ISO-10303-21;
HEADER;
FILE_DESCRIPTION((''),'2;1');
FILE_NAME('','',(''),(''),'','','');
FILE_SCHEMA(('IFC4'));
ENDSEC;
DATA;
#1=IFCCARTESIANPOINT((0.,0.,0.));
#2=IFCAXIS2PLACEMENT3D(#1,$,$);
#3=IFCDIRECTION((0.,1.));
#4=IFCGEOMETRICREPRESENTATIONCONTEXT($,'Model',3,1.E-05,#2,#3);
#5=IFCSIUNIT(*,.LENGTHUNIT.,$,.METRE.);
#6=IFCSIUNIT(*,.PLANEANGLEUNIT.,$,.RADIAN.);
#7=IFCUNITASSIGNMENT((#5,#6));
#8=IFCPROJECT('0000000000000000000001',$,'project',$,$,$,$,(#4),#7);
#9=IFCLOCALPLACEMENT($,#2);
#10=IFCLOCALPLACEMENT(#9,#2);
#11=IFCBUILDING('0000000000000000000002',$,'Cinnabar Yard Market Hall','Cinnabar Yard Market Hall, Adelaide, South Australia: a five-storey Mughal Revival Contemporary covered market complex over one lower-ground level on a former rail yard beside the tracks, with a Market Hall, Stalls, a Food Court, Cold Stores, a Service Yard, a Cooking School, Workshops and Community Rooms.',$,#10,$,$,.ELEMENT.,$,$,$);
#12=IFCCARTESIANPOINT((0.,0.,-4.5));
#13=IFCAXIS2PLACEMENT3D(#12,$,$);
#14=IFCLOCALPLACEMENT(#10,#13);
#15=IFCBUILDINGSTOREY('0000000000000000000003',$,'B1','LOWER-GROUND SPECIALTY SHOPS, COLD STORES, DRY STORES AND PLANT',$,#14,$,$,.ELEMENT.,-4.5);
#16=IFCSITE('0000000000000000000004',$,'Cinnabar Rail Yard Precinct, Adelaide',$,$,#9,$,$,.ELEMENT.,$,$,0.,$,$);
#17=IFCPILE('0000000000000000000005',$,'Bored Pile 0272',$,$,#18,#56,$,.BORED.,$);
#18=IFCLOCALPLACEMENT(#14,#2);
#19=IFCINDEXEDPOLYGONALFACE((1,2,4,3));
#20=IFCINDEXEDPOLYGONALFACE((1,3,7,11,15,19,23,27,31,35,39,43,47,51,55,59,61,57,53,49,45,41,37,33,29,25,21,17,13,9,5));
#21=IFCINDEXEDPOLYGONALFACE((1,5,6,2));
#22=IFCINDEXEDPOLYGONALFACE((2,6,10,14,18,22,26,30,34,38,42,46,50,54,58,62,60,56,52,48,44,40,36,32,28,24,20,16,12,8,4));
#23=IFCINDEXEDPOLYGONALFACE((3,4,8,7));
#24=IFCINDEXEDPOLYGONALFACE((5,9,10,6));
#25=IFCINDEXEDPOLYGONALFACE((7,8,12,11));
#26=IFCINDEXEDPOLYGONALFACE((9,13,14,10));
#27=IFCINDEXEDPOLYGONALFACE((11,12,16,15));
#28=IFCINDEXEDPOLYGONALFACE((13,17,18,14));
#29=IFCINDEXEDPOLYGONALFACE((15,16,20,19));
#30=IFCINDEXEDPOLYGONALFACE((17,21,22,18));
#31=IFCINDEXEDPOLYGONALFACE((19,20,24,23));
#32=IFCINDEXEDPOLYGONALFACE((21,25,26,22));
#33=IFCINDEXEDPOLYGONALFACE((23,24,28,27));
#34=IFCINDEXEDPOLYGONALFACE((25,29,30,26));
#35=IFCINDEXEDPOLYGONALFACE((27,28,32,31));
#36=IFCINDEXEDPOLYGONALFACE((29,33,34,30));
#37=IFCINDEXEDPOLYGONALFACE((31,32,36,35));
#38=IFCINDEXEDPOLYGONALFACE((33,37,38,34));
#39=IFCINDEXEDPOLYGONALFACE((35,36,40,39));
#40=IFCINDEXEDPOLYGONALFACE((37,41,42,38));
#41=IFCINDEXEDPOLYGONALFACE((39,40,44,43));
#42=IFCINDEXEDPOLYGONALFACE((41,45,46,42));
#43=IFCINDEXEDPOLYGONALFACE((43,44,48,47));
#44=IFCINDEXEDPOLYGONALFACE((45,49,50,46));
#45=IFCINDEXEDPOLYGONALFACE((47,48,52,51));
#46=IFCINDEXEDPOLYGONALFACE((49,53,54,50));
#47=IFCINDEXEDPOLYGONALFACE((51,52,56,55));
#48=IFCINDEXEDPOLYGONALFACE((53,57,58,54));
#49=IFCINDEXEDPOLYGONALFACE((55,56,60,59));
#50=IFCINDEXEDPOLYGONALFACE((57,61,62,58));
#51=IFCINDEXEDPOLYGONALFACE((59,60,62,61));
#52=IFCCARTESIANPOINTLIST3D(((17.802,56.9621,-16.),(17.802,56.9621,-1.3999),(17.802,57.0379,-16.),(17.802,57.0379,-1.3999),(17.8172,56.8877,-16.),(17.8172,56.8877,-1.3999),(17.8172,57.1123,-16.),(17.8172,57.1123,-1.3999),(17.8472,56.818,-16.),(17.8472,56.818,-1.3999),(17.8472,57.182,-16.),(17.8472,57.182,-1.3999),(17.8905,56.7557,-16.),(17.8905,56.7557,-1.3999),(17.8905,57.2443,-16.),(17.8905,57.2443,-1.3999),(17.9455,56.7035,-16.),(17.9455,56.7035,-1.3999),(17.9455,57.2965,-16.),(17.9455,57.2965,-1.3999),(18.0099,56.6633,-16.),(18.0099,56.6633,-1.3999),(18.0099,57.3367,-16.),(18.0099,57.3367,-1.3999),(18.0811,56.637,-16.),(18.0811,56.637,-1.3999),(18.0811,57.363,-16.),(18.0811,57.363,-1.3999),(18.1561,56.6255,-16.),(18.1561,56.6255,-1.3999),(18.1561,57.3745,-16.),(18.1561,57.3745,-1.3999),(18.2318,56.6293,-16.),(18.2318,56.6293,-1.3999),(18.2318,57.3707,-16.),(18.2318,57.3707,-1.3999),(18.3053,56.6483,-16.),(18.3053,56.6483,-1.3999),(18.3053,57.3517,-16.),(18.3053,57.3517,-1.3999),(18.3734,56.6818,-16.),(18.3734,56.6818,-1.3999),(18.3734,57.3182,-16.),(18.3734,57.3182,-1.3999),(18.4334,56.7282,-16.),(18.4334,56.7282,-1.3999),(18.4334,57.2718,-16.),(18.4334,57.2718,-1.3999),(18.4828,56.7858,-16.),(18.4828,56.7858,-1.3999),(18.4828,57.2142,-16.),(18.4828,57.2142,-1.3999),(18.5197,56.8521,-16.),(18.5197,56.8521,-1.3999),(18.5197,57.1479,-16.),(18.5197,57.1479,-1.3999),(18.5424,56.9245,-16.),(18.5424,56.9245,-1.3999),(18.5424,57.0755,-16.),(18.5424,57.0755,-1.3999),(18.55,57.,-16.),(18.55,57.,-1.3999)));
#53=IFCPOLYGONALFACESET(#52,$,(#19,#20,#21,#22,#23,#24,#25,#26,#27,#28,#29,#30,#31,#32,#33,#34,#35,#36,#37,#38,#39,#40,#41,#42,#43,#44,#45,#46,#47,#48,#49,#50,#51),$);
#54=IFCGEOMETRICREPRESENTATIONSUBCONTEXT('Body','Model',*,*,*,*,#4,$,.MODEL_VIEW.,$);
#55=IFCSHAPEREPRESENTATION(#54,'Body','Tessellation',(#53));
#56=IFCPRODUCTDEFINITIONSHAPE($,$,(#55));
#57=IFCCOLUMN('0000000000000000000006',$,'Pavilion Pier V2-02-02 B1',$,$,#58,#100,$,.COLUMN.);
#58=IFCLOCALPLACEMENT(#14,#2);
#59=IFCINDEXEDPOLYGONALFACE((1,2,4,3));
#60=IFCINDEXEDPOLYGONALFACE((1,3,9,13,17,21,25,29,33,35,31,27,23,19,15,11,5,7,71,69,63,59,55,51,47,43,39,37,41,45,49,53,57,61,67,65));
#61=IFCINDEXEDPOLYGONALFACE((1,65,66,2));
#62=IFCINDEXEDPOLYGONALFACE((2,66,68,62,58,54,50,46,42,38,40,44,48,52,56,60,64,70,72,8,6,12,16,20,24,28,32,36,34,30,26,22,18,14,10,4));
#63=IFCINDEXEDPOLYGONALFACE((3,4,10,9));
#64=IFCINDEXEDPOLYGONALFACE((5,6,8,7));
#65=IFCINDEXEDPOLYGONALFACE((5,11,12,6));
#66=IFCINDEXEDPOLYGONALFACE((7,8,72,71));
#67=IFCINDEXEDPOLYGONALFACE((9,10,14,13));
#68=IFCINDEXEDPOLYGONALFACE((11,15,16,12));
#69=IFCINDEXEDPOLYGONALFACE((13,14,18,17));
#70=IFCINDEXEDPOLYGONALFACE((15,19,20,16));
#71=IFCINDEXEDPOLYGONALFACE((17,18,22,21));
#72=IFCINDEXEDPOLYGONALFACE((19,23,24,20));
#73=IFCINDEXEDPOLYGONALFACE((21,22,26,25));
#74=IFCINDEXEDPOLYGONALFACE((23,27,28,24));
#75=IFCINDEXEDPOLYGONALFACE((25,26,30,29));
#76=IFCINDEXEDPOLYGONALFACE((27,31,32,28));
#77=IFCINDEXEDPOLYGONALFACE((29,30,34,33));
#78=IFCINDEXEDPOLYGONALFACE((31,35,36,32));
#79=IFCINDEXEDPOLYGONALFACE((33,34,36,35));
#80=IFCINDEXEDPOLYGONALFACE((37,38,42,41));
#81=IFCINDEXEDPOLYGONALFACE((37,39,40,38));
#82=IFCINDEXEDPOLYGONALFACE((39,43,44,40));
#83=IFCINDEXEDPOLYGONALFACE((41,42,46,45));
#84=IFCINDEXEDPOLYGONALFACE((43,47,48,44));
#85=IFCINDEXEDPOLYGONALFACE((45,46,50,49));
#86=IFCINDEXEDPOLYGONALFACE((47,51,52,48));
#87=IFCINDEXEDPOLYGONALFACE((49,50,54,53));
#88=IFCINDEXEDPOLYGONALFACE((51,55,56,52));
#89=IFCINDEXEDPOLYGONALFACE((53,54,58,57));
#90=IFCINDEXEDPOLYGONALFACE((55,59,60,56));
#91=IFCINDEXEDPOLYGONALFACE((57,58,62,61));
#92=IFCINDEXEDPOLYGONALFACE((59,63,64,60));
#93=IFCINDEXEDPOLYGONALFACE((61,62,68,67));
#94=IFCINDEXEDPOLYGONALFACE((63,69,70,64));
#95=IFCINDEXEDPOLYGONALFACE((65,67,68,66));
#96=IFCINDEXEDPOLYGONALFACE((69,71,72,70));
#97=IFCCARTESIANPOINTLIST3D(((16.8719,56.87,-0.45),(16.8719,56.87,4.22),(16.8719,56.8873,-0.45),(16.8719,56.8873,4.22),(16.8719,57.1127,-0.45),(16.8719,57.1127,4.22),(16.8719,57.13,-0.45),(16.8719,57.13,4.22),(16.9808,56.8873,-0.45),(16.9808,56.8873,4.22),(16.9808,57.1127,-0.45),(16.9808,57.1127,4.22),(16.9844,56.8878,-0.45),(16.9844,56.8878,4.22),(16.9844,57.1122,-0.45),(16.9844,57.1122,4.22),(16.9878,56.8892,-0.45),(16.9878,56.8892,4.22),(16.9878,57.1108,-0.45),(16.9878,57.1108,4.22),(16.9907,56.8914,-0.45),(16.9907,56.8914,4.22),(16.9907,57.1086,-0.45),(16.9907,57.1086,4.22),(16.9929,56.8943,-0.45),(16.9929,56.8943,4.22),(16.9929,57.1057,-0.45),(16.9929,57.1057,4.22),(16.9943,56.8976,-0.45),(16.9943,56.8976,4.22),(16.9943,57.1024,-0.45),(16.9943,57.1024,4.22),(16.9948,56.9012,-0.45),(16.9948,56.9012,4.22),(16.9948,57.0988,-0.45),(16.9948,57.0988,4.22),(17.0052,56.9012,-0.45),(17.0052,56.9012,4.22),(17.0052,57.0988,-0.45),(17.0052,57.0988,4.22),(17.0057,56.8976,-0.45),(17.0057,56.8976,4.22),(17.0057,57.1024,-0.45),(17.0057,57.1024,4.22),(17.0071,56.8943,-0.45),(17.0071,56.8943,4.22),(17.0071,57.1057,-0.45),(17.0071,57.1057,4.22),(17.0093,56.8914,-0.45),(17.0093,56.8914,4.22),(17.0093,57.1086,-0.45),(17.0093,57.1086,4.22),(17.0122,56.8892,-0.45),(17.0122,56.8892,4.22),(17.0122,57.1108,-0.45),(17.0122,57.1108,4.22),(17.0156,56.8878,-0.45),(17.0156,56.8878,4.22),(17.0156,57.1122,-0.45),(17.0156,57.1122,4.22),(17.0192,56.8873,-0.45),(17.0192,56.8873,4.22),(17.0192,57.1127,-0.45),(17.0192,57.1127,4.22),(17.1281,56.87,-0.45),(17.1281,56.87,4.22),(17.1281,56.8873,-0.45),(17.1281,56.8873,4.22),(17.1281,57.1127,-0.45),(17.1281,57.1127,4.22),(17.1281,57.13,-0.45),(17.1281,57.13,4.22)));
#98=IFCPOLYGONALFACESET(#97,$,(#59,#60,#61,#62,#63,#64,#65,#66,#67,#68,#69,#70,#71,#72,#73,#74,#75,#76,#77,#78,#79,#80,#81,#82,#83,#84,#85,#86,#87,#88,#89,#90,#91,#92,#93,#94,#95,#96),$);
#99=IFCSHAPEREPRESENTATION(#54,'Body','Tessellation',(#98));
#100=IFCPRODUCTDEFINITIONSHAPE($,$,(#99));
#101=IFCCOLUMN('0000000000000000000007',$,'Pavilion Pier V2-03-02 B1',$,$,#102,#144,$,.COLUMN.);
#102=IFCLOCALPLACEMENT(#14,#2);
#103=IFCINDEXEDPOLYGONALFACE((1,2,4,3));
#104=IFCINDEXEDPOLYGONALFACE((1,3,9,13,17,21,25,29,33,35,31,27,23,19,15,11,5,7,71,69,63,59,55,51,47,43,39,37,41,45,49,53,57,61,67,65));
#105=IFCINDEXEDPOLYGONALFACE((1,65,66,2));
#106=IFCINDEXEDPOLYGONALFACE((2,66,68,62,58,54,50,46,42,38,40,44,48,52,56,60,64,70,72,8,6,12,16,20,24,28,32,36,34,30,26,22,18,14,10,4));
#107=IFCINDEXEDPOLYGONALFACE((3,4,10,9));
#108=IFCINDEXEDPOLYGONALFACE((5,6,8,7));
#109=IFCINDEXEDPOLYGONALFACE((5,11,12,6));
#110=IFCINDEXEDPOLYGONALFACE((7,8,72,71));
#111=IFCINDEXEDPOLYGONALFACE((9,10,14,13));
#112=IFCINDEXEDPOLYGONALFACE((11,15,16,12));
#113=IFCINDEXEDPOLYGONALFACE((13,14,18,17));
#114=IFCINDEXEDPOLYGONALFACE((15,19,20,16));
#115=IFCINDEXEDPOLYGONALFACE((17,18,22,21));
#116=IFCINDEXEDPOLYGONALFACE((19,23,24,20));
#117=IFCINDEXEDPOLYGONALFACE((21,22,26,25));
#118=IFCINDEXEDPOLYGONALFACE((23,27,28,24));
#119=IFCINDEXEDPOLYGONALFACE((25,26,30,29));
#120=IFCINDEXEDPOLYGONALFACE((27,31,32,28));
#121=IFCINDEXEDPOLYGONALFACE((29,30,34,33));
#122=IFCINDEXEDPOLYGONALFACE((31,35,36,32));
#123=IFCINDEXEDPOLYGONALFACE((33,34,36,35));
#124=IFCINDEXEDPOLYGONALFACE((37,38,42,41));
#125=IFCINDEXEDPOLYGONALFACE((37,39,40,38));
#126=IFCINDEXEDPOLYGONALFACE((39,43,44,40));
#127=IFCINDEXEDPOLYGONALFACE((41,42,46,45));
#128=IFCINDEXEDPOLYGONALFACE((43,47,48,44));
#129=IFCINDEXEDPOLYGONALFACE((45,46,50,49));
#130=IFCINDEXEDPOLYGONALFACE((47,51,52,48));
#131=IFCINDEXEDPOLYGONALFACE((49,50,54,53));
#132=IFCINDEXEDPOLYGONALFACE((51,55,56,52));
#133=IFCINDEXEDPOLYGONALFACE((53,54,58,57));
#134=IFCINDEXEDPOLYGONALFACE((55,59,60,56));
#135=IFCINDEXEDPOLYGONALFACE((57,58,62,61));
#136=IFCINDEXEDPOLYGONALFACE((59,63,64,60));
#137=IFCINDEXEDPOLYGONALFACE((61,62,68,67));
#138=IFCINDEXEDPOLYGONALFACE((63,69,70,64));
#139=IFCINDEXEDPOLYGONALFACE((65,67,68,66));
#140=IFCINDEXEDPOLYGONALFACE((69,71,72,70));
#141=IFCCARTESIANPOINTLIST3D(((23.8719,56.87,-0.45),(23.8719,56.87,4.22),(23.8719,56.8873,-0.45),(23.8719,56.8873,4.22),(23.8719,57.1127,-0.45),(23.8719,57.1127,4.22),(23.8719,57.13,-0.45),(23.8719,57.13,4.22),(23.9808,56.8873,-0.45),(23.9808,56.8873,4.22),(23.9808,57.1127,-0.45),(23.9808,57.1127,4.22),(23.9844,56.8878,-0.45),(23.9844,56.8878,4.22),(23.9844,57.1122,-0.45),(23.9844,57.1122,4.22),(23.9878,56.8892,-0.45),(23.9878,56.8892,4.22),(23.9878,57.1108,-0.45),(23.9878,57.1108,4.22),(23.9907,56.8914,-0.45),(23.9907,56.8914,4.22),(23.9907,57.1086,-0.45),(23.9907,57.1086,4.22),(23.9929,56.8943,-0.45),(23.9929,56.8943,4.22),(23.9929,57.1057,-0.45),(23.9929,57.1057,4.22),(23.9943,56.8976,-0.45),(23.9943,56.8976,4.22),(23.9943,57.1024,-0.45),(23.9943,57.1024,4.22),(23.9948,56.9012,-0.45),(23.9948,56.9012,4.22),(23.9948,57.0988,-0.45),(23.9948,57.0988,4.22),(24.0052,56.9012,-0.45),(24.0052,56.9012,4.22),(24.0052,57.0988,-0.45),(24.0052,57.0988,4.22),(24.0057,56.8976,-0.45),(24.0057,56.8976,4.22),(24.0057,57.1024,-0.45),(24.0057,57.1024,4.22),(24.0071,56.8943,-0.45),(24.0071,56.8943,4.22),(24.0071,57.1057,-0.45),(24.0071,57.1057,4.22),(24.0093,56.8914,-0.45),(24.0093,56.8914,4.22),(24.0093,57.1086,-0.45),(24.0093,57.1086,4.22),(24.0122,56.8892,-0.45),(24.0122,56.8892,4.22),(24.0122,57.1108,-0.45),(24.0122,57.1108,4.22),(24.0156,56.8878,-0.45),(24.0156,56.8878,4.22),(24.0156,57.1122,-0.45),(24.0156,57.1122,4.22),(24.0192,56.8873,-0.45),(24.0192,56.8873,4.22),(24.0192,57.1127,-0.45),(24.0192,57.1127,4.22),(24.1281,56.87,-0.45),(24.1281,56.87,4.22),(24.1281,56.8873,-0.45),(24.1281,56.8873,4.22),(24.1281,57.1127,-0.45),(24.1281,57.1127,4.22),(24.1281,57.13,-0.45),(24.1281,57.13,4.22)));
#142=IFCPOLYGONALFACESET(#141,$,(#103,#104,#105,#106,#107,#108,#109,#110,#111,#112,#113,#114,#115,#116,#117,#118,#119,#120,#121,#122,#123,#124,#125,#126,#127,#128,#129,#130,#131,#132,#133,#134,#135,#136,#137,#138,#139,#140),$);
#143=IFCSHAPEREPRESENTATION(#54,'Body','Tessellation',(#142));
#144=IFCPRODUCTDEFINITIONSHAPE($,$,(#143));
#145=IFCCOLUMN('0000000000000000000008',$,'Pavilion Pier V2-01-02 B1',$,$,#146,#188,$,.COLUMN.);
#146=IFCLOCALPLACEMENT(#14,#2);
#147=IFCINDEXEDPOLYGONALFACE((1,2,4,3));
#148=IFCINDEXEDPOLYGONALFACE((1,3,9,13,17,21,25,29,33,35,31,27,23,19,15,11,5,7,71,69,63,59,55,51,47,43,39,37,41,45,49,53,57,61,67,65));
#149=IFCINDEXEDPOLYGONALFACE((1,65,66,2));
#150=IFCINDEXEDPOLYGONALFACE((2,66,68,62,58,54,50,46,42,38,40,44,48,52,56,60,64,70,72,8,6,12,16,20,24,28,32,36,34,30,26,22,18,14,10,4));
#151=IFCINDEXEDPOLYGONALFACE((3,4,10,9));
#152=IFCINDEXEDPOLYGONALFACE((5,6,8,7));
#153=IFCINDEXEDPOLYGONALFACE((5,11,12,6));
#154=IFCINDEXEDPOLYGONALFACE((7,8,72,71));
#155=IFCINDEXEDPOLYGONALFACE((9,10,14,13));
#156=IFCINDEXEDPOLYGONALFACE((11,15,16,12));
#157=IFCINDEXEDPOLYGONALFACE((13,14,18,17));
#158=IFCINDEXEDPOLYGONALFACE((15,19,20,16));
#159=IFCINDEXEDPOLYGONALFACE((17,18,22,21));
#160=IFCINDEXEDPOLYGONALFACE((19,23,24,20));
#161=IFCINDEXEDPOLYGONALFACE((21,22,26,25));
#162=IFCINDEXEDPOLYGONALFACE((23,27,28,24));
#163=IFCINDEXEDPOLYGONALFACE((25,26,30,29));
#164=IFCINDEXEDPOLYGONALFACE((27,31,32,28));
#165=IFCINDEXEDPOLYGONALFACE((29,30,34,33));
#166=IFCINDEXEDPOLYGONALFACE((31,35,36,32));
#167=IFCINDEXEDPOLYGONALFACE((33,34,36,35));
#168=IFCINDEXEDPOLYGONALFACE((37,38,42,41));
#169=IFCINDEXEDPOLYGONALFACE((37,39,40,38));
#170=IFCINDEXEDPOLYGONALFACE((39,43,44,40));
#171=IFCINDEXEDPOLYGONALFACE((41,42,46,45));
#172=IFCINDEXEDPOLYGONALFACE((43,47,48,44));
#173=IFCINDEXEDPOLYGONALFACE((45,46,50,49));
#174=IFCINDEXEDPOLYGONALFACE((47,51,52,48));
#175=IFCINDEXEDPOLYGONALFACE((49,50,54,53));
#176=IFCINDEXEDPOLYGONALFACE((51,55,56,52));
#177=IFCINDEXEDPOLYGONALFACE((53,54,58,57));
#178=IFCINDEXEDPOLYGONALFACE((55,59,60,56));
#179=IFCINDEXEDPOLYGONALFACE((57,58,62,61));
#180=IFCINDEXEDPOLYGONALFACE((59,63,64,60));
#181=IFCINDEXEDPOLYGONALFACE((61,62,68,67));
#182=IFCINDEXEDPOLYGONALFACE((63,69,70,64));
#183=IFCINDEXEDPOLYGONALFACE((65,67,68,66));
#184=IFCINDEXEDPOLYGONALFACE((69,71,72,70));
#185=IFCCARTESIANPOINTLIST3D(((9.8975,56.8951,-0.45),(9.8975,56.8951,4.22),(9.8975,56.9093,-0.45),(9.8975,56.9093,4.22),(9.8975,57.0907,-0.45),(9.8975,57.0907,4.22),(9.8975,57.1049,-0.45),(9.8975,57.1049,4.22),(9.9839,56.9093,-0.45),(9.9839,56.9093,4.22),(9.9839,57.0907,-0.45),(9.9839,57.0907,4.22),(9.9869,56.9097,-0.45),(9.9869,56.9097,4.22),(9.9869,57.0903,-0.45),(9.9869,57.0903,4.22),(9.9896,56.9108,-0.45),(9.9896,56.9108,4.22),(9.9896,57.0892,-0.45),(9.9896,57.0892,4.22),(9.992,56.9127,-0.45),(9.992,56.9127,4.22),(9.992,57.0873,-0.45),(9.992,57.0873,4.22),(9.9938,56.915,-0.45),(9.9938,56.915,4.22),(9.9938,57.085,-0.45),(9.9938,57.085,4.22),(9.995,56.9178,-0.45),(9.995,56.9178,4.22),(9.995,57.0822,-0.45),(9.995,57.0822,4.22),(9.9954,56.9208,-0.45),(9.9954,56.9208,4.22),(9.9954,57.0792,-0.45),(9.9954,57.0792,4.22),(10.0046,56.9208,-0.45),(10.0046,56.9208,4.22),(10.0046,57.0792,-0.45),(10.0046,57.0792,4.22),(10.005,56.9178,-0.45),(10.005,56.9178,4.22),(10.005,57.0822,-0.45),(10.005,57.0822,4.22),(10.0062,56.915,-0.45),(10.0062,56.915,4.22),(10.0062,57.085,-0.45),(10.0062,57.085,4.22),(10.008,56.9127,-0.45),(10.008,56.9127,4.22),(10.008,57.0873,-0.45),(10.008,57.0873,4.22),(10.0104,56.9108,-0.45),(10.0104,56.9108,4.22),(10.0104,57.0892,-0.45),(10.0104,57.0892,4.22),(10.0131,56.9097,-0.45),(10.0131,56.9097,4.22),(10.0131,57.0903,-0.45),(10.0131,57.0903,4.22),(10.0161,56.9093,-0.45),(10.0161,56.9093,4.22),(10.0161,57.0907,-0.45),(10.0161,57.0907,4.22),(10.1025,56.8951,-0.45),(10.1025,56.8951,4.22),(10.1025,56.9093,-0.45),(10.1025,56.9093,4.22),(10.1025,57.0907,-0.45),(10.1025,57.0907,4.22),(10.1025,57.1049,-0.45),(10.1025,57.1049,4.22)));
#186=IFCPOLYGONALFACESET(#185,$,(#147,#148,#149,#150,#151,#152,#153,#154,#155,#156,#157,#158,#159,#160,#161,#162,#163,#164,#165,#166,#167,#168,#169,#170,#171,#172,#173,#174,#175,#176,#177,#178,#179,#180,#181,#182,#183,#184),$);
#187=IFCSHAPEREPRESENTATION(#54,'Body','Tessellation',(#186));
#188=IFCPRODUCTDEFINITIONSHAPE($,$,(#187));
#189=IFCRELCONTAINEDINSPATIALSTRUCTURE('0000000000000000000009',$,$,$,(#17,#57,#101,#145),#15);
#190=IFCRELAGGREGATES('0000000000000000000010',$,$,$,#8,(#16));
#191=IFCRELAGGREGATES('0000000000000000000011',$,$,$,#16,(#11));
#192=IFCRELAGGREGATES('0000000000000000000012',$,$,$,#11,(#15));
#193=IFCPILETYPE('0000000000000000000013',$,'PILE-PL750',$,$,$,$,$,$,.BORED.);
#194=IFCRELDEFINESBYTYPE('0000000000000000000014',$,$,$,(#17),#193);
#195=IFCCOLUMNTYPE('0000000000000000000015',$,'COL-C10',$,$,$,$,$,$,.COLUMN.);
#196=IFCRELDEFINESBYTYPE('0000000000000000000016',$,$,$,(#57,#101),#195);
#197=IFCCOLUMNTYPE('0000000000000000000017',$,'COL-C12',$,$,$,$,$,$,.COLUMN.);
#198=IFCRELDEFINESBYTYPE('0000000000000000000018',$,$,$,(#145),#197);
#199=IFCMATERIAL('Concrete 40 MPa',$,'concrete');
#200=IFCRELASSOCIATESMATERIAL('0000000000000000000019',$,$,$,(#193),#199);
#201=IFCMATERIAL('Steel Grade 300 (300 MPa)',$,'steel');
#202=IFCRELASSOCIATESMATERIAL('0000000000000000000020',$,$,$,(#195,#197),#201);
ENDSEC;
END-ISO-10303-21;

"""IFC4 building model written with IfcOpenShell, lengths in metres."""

from ifc_helpers import new_model, si_unit, direction, frame, origin, origin_2d_with_axis, place, context, subcontext, project, spatial, circle, i_section, extrude, material, material_profile, profile_set, type_object, element, save


model = new_model("IFC4")

# Units and contexts
model_context = context("Model", 3, precision=1e-05, world=origin(), true_north=direction((0.0, 1.0)))
body_context = subcontext(model_context, "Body", "Model", "MODEL_VIEW")
ifc_project = project(units=[si_unit("LENGTHUNIT", "METRE"), si_unit("PLANEANGLEUNIT", "RADIAN")], contexts=[model_context])

# Site, building, storey
site_placement = place(None, origin())
site = spatial("IfcSite", under=ifc_project, at=site_placement, Name="Cinnabar Rail Yard Precinct, Adelaide", CompositionType="ELEMENT", RefElevation=0.0)
building_placement = place(site_placement, origin())
building = spatial("IfcBuilding", under=site, at=building_placement, Name="Cinnabar Yard Market Hall", Description="Cinnabar Yard Market Hall, Adelaide, South Australia: a five-storey Mughal Revival Contemporary covered market complex over one lower-ground level on a former rail yard beside the tracks, with a Market Hall, Stalls, a Food Court, Cold Stores, a Service Yard, a Cooking School, Workshops and Community Rooms.", CompositionType="ELEMENT")
storey_placement = place(building_placement, frame((0.0, 0.0, -4.5)))
storey = spatial("IfcBuildingStorey", under=building, at=storey_placement, Name="B1", Description="LOWER-GROUND SPECIALTY SHOPS, COLD STORES, DRY STORES AND PLANT", CompositionType="ELEMENT", Elevation=-4.5)

# Shared definitions
ifc_material_1 = material(Name="Concrete 40 MPa", Category="concrete")

# Pile
ifc_material_profile_1 = material_profile(ifc_material_1, circle(Radius=0.375, at=origin_2d_with_axis()), Name="PILE-D750")
ifc_profile_set_1 = profile_set([ifc_material_profile_1], Name="Concrete 40 MPa")
pile_type_1 = type_object("IfcPileType", Name="PILE-PL750", PredefinedType="BORED", material=ifc_profile_set_1)
for number, where, z_axis, x_axis, name in (
    (1, (18.175, 57.0, -1.3999), (0.0, 0.0, -1.0), (1.0, 0.0, 0.0), "Bored Pile 0272"),
):
    element("IfcPile", number, at=place(storey_placement, frame(where, z_axis=z_axis, x_axis=x_axis)), inside=storey, type_object=pile_type_1, Name=name, PredefinedType="BORED", context=body_context, shape_type="SweptSolid", body=[
        extrude(circle(Radius=0.375, at=origin_2d_with_axis()), origin(), (0.0, 0.0, 1.0), 14.6001),
    ])

# Columns
ifc_material_2 = material(Name="Steel Grade 300 (300 MPa)", Category="steel")
ifc_material_profile_2 = material_profile(ifc_material_2, i_section(OverallWidth=0.2561, OverallDepth=0.26, WebThickness=0.0105, FlangeThickness=0.0173, FilletRadius=0.0139, at=origin_2d_with_axis()), Name="250UC89.5")
ifc_profile_set_2 = profile_set([ifc_material_profile_2], Name="Steel Grade 300 (300 MPa)")
column_type_1 = type_object("IfcColumnType", Name="COL-C10", PredefinedType="COLUMN", material=ifc_profile_set_2)
for number, where, z_axis, x_axis, name in (
    (2, (17.0, 57.0, -0.45), (0.0, 0.0, 1.0), (1.0, 0.0, 0.0), "Pavilion Pier V2-02-02 B1"),
    (3, (24.0, 57.0, -0.45), (0.0, 0.0, 1.0), (1.0, 0.0, 0.0), "Pavilion Pier V2-03-02 B1"),
):
    element("IfcColumn", number, at=place(storey_placement, frame(where, z_axis=z_axis, x_axis=x_axis)), inside=storey, type_object=column_type_1, Name=name, PredefinedType="COLUMN", context=body_context, shape_type="SweptSolid", body=[
        extrude(i_section(OverallWidth=0.2561, OverallDepth=0.26, WebThickness=0.0105, FlangeThickness=0.0173, FilletRadius=0.0139, at=origin_2d_with_axis()), origin(), (0.0, 0.0, 1.0), 4.6699),
    ])
ifc_material_profile_3 = material_profile(ifc_material_2, i_section(OverallWidth=0.2051, OverallDepth=0.2097, WebThickness=0.0093, FlangeThickness=0.0142, FilletRadius=0.0115, at=origin_2d_with_axis()), Name="200UC59.5")
ifc_profile_set_3 = profile_set([ifc_material_profile_3], Name="Steel Grade 300 (300 MPa)")
column_type_2 = type_object("IfcColumnType", Name="COL-C12", PredefinedType="COLUMN", material=ifc_profile_set_3)
column_placement = place(storey_placement, frame((10.0, 57.0, -0.45), z_axis=(0.0, 0.0, 1.0), x_axis=(1.0, 0.0, 0.0)))
element("IfcColumn", 4, at=column_placement, inside=storey, type_object=column_type_2, Name="Pavilion Pier V2-01-02 B1", PredefinedType="COLUMN", context=body_context, shape_type="SweptSolid", body=[
    extrude(i_section(OverallWidth=0.2051, OverallDepth=0.2097, WebThickness=0.0093, FlangeThickness=0.0142, FilletRadius=0.0115, at=origin_2d_with_axis()), origin(), (0.0, 0.0, 1.0), 4.6699),
])

save(model, "model.ifc")
